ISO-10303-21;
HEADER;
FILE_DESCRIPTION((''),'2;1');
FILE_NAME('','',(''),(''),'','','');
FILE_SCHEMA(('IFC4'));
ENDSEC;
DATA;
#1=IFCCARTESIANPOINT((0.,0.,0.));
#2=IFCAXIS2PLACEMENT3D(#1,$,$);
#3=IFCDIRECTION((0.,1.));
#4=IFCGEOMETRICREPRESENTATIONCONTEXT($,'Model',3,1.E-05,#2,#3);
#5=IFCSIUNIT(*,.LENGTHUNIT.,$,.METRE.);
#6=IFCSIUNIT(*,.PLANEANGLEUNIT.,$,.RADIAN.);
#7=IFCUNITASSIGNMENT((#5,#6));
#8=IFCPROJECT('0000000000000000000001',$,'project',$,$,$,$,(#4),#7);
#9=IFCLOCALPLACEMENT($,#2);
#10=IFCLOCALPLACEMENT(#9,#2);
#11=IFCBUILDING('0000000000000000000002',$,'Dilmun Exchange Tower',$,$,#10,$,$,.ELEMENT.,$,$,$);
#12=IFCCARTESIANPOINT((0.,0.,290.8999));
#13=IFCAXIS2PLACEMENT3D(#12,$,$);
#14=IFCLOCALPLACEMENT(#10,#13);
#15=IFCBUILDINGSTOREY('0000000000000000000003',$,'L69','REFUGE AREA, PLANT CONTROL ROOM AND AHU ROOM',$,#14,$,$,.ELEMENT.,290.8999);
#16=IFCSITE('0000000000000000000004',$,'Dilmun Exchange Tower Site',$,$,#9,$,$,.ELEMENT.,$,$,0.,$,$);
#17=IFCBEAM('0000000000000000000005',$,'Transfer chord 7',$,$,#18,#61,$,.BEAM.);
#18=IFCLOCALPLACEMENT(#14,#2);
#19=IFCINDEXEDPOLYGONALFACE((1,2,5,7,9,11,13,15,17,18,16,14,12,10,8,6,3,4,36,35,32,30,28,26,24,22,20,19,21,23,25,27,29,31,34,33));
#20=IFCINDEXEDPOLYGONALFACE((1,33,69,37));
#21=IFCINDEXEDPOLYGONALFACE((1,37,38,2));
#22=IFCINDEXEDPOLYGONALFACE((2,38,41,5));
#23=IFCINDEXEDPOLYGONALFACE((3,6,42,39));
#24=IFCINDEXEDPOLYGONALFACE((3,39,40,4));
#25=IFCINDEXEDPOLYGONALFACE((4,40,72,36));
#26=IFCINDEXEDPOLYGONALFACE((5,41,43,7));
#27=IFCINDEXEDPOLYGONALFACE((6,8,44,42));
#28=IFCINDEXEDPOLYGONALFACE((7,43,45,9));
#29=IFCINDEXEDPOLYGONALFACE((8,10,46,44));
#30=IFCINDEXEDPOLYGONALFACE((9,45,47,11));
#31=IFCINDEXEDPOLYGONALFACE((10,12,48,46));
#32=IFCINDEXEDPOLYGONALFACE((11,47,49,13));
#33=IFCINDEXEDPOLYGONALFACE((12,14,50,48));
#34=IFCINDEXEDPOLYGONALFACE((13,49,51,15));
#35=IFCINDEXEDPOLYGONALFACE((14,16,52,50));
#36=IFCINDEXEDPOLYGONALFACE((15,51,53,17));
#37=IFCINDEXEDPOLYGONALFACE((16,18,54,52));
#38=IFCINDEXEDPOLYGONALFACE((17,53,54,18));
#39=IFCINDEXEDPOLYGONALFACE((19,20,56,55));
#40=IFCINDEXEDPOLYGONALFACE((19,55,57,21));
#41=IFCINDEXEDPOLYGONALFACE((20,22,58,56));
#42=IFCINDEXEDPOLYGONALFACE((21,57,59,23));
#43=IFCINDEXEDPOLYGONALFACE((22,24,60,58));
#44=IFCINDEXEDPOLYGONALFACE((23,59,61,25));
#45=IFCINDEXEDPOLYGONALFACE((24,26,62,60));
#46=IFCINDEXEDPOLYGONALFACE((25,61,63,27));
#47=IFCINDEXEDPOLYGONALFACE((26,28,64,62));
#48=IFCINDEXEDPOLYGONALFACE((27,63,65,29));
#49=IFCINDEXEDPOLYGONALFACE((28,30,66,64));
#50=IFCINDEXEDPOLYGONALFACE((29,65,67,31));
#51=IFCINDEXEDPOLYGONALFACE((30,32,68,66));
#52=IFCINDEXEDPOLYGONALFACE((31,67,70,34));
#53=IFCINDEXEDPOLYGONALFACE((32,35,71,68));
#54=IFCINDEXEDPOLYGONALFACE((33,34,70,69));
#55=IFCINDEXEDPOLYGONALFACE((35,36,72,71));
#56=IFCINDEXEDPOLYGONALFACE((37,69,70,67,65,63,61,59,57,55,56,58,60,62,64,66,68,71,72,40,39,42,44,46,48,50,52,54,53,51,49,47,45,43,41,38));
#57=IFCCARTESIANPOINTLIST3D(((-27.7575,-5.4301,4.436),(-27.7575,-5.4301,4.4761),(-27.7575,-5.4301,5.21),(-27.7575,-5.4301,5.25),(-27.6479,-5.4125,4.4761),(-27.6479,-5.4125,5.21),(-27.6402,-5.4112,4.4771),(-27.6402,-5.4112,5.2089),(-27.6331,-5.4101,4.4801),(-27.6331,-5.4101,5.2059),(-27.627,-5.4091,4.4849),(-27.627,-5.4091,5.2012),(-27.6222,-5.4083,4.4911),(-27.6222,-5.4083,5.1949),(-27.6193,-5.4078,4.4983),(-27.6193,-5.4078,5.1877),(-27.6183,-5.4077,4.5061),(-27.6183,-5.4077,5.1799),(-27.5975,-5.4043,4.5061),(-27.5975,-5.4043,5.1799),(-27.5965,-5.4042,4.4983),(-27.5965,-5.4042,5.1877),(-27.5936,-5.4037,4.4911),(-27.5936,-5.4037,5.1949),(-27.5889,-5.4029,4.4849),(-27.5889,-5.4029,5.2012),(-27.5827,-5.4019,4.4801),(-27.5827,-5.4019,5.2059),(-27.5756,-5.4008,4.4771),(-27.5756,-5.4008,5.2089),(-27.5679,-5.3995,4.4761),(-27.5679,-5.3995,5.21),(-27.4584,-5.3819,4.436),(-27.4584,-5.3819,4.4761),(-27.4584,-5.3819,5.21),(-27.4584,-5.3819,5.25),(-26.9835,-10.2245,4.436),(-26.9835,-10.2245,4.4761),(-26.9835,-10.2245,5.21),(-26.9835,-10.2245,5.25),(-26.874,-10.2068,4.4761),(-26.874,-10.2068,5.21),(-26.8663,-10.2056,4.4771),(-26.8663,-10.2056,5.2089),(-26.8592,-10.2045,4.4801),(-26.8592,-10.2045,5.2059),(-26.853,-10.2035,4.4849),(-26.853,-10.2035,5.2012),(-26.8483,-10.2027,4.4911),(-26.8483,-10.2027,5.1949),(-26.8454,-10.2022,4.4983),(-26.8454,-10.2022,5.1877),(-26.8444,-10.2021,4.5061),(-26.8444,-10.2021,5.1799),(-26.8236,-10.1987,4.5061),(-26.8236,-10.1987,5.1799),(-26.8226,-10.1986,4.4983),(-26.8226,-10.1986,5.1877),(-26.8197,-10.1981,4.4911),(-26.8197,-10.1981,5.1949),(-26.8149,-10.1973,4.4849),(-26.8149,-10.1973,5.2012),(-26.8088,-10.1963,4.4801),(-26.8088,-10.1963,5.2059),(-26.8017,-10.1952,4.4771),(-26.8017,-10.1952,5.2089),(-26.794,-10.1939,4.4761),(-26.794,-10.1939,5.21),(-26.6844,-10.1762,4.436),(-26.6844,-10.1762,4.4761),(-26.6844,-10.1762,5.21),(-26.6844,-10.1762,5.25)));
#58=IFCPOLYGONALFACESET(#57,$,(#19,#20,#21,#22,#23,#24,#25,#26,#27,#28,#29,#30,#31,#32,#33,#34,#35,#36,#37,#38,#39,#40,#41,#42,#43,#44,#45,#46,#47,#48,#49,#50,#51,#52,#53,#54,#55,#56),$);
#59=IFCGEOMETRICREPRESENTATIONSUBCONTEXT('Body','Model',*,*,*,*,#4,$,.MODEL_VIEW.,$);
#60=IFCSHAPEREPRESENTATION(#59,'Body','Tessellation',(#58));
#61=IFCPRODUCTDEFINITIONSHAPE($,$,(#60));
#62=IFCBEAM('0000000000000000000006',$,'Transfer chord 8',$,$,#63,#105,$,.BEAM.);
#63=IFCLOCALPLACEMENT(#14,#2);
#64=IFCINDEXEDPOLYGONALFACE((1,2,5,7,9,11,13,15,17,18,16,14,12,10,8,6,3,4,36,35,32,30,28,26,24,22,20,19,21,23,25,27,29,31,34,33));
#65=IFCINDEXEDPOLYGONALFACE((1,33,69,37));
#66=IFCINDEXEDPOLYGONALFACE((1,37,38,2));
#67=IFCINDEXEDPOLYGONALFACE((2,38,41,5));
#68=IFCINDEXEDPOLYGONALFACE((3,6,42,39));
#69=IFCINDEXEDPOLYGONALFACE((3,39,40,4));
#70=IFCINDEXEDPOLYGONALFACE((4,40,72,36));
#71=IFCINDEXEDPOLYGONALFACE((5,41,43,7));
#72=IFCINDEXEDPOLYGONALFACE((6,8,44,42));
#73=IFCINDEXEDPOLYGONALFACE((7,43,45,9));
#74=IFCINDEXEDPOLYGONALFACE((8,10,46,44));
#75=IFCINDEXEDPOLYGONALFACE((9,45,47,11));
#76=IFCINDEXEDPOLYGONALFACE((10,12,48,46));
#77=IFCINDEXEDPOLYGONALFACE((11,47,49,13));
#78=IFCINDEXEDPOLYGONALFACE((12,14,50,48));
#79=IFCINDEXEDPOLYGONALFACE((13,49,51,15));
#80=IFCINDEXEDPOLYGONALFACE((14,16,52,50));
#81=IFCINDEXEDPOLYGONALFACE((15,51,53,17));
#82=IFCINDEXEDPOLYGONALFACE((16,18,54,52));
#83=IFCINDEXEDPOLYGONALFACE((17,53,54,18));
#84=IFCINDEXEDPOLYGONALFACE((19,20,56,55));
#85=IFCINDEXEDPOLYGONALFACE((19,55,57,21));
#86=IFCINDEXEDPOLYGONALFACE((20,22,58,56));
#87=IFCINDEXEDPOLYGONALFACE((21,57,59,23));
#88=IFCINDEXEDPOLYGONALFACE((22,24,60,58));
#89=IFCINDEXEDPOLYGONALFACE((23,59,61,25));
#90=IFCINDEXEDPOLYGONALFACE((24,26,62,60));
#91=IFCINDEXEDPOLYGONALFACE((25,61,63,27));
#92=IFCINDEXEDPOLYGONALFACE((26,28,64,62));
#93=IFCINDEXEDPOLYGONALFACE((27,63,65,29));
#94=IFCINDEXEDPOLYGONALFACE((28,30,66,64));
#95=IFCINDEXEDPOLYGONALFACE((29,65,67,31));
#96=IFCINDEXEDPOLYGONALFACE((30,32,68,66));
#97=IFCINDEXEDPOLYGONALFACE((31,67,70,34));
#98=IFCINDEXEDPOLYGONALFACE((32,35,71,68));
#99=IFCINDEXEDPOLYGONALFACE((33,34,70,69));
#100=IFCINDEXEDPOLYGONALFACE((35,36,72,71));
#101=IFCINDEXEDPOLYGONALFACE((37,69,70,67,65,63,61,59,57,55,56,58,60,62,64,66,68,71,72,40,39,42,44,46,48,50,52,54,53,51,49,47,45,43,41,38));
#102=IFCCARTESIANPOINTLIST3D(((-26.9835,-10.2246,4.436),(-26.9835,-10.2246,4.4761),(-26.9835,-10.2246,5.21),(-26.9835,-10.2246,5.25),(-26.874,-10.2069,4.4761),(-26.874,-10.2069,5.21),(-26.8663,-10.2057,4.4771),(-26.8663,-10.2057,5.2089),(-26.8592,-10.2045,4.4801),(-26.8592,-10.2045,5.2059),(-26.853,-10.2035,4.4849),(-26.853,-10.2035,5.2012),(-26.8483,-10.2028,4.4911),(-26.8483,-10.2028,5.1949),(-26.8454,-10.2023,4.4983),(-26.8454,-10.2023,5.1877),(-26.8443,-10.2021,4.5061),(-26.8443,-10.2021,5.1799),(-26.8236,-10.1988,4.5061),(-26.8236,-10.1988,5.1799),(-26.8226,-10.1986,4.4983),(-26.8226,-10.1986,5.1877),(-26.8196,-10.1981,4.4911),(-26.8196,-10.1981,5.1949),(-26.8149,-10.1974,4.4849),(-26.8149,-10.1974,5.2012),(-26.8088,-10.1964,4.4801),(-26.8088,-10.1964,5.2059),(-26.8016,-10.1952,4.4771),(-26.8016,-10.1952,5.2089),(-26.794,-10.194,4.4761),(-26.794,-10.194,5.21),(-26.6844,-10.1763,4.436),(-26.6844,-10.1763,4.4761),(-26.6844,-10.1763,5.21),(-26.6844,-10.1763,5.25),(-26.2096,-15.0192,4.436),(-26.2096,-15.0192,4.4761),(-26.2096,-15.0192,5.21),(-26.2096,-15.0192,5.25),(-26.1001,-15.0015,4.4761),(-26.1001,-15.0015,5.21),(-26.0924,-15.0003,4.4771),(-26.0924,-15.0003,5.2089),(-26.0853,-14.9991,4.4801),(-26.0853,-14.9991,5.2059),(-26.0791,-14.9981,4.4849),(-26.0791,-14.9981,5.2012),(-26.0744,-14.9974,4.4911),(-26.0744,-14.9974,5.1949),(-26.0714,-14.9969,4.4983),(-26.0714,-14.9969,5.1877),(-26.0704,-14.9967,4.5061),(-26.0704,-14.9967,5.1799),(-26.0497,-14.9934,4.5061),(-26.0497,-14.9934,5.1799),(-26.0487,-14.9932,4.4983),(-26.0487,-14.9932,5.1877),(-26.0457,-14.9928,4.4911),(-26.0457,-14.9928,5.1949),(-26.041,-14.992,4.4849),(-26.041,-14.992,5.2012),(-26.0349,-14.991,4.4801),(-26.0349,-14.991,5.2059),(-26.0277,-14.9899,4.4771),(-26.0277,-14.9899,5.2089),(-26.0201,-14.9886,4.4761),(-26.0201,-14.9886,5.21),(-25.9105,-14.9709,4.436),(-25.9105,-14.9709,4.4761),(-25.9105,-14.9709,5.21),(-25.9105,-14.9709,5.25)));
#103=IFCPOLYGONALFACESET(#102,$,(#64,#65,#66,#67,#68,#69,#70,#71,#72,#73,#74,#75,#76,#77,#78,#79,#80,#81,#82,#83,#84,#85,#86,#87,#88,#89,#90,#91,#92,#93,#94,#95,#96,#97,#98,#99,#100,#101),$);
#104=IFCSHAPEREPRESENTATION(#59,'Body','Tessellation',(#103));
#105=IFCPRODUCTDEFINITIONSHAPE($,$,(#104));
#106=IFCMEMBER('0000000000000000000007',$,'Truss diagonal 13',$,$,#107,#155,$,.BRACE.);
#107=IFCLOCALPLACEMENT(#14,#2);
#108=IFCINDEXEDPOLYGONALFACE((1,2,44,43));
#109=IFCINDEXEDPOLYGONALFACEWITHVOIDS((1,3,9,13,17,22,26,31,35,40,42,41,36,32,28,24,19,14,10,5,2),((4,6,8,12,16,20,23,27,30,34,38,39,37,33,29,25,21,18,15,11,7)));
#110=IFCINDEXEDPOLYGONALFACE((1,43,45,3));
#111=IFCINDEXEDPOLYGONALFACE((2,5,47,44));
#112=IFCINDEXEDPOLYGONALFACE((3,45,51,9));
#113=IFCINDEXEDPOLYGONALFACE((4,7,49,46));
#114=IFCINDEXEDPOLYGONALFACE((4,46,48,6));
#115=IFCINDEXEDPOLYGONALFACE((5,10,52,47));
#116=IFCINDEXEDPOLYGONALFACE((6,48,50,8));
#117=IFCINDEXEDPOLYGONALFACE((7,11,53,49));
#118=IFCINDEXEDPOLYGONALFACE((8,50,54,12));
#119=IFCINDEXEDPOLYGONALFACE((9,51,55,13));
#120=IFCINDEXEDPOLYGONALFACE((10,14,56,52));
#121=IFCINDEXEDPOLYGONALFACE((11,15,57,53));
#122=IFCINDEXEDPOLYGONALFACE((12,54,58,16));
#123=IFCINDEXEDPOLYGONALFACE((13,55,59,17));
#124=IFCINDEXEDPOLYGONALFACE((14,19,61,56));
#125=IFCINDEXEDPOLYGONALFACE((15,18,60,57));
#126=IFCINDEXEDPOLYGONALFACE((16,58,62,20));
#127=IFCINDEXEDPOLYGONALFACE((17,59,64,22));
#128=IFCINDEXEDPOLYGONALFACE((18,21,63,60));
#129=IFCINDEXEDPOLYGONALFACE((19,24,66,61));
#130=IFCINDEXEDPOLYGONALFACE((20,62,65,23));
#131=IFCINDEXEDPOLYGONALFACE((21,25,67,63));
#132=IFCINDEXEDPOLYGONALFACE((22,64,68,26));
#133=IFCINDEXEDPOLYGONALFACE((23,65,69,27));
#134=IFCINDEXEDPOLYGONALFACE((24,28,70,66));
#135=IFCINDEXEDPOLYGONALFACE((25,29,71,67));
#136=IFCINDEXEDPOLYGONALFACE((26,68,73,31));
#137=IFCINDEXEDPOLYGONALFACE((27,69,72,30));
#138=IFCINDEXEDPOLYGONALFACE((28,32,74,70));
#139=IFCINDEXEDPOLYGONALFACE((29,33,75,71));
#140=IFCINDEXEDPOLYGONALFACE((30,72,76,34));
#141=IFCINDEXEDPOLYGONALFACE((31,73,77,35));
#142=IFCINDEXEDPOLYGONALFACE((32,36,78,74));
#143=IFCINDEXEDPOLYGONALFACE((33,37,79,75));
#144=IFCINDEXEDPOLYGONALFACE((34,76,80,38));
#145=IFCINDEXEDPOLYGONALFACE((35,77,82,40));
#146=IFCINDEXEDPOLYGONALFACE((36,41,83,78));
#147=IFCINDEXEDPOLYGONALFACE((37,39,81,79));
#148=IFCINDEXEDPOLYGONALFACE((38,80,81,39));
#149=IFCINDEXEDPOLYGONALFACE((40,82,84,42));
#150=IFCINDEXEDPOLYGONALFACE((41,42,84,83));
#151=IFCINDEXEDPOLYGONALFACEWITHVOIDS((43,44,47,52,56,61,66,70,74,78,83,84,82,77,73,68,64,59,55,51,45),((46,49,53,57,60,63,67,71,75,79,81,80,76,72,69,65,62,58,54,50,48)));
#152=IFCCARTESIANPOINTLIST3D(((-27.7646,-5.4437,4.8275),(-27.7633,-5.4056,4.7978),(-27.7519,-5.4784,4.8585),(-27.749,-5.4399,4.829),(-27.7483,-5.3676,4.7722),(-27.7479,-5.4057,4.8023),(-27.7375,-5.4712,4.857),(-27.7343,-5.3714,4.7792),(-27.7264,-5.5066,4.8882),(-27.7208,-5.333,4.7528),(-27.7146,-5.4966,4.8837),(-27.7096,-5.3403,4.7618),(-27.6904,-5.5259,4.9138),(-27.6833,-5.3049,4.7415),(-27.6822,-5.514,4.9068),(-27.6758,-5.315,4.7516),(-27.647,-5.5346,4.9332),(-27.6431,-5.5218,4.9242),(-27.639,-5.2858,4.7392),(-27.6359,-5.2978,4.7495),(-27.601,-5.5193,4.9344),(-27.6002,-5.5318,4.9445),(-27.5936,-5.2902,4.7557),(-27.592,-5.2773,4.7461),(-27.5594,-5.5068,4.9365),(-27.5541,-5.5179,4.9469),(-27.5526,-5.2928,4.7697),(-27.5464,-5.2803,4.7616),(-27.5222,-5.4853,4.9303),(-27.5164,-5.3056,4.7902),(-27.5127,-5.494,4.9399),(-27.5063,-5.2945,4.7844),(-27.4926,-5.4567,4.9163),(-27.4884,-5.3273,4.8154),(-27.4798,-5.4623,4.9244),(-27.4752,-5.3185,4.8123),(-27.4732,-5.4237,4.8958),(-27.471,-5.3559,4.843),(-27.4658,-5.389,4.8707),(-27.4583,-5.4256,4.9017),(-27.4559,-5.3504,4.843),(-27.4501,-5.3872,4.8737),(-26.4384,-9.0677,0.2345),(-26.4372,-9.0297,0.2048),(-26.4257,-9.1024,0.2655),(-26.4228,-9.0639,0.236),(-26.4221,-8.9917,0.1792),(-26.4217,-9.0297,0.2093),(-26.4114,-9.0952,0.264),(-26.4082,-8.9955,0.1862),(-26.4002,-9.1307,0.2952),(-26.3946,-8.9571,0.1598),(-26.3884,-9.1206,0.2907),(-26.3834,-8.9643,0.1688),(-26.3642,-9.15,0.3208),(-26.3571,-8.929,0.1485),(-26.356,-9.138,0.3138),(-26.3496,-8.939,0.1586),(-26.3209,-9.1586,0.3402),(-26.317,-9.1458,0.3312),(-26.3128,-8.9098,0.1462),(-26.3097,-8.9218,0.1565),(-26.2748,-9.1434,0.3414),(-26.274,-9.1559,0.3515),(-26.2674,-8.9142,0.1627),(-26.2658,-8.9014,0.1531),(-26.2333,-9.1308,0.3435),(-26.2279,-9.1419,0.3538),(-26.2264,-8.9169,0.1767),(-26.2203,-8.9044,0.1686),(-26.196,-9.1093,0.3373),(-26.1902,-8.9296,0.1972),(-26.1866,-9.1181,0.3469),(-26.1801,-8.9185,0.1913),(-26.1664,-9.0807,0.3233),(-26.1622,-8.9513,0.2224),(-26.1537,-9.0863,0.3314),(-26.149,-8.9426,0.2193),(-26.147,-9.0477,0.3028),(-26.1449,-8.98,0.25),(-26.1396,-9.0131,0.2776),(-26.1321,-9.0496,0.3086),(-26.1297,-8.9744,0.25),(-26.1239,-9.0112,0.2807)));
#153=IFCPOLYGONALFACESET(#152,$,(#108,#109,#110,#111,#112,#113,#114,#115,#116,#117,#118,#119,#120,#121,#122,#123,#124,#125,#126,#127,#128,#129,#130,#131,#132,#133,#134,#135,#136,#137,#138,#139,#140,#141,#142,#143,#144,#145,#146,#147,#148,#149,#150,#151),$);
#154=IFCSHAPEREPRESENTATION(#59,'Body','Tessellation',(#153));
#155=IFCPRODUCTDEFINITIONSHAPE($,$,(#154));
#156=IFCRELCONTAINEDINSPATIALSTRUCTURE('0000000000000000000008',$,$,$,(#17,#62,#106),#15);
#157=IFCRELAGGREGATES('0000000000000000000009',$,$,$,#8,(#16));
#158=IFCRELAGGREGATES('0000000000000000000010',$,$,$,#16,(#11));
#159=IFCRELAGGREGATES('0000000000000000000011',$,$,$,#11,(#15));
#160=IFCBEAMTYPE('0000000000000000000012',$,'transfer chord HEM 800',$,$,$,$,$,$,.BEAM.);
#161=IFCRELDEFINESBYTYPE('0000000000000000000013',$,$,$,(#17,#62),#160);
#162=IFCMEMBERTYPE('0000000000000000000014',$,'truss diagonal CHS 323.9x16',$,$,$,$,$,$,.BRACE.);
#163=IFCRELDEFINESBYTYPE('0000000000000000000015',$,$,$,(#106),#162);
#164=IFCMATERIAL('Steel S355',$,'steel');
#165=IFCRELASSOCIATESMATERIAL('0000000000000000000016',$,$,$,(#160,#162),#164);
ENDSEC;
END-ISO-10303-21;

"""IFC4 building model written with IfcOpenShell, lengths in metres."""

from ifc_helpers import new_model, si_unit, direction, frame, origin, origin_2d, place, context, subcontext, project, spatial, hollow_circle, i_section, extrude, material, material_profile, profile_set, type_object, element, save


model = new_model("IFC4")

# Units and contexts
model_context = context("Model", 3, precision=1e-05, world=origin(), true_north=direction((0.0, 1.0)))
body_context = subcontext(model_context, "Body", "Model", "MODEL_VIEW")
ifc_project = project(units=[si_unit("LENGTHUNIT", "METRE"), si_unit("PLANEANGLEUNIT", "RADIAN")], contexts=[model_context])

# Site, building, storey
site_placement = place(None, origin())
site = spatial("IfcSite", under=ifc_project, at=site_placement, Name="Dilmun Exchange Tower Site", CompositionType="ELEMENT", RefElevation=0.0)
building_placement = place(site_placement, origin())
building = spatial("IfcBuilding", under=site, at=building_placement, Name="Dilmun Exchange Tower", CompositionType="ELEMENT")
storey_placement = place(building_placement, frame((0.0, 0.0, 290.8999)))
storey = spatial("IfcBuildingStorey", under=building, at=storey_placement, Name="L69", Description="REFUGE AREA, PLANT CONTROL ROOM AND AHU ROOM", CompositionType="ELEMENT", Elevation=290.8999)

# Beams
ifc_material_1 = material(Name="Steel S355", Category="steel")
ifc_material_profile_1 = material_profile(ifc_material_1, i_section(OverallWidth=0.303, OverallDepth=0.814, WebThickness=0.021, FlangeThickness=0.04, FilletRadius=0.03, at=origin_2d()), Name="HEM 800")
ifc_profile_set_1 = profile_set([ifc_material_profile_1], Name="Steel S355")
beam_type_1 = type_object("IfcBeamType", Name="transfer chord HEM 800", PredefinedType="BEAM", material=ifc_profile_set_1)
beam_1_placement = place(storey_placement, frame((-27.6079, -5.406, 4.843), z_axis=(0.159359, -0.987221, 0.0), x_axis=(0.987221, 0.159359, 0.0)))
element("IfcBeam", 1, at=beam_1_placement, inside=storey, type_object=beam_type_1, Name="Transfer chord 7", PredefinedType="BEAM", context=body_context, shape_type="SweptSolid", body=[
    extrude(i_section(OverallWidth=0.303, OverallDepth=0.814, WebThickness=0.021, FlangeThickness=0.04, FilletRadius=0.03, at=origin_2d()), origin(), (0.0, 0.0, 1.0), 4.8564),
])
beam_2_placement = place(storey_placement, frame((-26.834, -10.2004, 4.843), z_axis=(0.159351, -0.987222, 0.0), x_axis=(0.987222, 0.159351, 0.0)))
element("IfcBeam", 2, at=beam_2_placement, inside=storey, type_object=beam_type_1, Name="Transfer chord 8", PredefinedType="BEAM", context=body_context, shape_type="SweptSolid", body=[
    extrude(i_section(OverallWidth=0.303, OverallDepth=0.814, WebThickness=0.021, FlangeThickness=0.04, FilletRadius=0.03, at=origin_2d()), origin(), (0.0, 0.0, 1.0), 4.8567),
])

# Member
ifc_material_profile_2 = material_profile(ifc_material_1, hollow_circle(Radius=0.1619, WallThickness=0.0161, at=origin_2d()), Name="CHS 323.9x16")
ifc_profile_set_2 = profile_set([ifc_material_profile_2], Name="Steel S355")
member_type = type_object("IfcMemberType", Name="truss diagonal CHS 323.9x16", PredefinedType="BRACE", material=ifc_profile_set_2)
member_1_placement = place(storey_placement, frame((-27.6079, -5.406, 4.843), z_axis=(0.221065, -0.604104, -0.76563), x_axis=(0.939097, 0.343652, 0.0)))
element("IfcMember", 3, at=member_1_placement, inside=storey, type_object=member_type, Name="Truss diagonal 13", PredefinedType="BRACE", context=body_context, shape_type="SweptSolid", body=[
    extrude(hollow_circle(Radius=0.1619, WallThickness=0.0161, at=origin_2d()), origin(), (0.0, 0.0, 1.0), 5.999),
])

save(model, "model.ifc")
